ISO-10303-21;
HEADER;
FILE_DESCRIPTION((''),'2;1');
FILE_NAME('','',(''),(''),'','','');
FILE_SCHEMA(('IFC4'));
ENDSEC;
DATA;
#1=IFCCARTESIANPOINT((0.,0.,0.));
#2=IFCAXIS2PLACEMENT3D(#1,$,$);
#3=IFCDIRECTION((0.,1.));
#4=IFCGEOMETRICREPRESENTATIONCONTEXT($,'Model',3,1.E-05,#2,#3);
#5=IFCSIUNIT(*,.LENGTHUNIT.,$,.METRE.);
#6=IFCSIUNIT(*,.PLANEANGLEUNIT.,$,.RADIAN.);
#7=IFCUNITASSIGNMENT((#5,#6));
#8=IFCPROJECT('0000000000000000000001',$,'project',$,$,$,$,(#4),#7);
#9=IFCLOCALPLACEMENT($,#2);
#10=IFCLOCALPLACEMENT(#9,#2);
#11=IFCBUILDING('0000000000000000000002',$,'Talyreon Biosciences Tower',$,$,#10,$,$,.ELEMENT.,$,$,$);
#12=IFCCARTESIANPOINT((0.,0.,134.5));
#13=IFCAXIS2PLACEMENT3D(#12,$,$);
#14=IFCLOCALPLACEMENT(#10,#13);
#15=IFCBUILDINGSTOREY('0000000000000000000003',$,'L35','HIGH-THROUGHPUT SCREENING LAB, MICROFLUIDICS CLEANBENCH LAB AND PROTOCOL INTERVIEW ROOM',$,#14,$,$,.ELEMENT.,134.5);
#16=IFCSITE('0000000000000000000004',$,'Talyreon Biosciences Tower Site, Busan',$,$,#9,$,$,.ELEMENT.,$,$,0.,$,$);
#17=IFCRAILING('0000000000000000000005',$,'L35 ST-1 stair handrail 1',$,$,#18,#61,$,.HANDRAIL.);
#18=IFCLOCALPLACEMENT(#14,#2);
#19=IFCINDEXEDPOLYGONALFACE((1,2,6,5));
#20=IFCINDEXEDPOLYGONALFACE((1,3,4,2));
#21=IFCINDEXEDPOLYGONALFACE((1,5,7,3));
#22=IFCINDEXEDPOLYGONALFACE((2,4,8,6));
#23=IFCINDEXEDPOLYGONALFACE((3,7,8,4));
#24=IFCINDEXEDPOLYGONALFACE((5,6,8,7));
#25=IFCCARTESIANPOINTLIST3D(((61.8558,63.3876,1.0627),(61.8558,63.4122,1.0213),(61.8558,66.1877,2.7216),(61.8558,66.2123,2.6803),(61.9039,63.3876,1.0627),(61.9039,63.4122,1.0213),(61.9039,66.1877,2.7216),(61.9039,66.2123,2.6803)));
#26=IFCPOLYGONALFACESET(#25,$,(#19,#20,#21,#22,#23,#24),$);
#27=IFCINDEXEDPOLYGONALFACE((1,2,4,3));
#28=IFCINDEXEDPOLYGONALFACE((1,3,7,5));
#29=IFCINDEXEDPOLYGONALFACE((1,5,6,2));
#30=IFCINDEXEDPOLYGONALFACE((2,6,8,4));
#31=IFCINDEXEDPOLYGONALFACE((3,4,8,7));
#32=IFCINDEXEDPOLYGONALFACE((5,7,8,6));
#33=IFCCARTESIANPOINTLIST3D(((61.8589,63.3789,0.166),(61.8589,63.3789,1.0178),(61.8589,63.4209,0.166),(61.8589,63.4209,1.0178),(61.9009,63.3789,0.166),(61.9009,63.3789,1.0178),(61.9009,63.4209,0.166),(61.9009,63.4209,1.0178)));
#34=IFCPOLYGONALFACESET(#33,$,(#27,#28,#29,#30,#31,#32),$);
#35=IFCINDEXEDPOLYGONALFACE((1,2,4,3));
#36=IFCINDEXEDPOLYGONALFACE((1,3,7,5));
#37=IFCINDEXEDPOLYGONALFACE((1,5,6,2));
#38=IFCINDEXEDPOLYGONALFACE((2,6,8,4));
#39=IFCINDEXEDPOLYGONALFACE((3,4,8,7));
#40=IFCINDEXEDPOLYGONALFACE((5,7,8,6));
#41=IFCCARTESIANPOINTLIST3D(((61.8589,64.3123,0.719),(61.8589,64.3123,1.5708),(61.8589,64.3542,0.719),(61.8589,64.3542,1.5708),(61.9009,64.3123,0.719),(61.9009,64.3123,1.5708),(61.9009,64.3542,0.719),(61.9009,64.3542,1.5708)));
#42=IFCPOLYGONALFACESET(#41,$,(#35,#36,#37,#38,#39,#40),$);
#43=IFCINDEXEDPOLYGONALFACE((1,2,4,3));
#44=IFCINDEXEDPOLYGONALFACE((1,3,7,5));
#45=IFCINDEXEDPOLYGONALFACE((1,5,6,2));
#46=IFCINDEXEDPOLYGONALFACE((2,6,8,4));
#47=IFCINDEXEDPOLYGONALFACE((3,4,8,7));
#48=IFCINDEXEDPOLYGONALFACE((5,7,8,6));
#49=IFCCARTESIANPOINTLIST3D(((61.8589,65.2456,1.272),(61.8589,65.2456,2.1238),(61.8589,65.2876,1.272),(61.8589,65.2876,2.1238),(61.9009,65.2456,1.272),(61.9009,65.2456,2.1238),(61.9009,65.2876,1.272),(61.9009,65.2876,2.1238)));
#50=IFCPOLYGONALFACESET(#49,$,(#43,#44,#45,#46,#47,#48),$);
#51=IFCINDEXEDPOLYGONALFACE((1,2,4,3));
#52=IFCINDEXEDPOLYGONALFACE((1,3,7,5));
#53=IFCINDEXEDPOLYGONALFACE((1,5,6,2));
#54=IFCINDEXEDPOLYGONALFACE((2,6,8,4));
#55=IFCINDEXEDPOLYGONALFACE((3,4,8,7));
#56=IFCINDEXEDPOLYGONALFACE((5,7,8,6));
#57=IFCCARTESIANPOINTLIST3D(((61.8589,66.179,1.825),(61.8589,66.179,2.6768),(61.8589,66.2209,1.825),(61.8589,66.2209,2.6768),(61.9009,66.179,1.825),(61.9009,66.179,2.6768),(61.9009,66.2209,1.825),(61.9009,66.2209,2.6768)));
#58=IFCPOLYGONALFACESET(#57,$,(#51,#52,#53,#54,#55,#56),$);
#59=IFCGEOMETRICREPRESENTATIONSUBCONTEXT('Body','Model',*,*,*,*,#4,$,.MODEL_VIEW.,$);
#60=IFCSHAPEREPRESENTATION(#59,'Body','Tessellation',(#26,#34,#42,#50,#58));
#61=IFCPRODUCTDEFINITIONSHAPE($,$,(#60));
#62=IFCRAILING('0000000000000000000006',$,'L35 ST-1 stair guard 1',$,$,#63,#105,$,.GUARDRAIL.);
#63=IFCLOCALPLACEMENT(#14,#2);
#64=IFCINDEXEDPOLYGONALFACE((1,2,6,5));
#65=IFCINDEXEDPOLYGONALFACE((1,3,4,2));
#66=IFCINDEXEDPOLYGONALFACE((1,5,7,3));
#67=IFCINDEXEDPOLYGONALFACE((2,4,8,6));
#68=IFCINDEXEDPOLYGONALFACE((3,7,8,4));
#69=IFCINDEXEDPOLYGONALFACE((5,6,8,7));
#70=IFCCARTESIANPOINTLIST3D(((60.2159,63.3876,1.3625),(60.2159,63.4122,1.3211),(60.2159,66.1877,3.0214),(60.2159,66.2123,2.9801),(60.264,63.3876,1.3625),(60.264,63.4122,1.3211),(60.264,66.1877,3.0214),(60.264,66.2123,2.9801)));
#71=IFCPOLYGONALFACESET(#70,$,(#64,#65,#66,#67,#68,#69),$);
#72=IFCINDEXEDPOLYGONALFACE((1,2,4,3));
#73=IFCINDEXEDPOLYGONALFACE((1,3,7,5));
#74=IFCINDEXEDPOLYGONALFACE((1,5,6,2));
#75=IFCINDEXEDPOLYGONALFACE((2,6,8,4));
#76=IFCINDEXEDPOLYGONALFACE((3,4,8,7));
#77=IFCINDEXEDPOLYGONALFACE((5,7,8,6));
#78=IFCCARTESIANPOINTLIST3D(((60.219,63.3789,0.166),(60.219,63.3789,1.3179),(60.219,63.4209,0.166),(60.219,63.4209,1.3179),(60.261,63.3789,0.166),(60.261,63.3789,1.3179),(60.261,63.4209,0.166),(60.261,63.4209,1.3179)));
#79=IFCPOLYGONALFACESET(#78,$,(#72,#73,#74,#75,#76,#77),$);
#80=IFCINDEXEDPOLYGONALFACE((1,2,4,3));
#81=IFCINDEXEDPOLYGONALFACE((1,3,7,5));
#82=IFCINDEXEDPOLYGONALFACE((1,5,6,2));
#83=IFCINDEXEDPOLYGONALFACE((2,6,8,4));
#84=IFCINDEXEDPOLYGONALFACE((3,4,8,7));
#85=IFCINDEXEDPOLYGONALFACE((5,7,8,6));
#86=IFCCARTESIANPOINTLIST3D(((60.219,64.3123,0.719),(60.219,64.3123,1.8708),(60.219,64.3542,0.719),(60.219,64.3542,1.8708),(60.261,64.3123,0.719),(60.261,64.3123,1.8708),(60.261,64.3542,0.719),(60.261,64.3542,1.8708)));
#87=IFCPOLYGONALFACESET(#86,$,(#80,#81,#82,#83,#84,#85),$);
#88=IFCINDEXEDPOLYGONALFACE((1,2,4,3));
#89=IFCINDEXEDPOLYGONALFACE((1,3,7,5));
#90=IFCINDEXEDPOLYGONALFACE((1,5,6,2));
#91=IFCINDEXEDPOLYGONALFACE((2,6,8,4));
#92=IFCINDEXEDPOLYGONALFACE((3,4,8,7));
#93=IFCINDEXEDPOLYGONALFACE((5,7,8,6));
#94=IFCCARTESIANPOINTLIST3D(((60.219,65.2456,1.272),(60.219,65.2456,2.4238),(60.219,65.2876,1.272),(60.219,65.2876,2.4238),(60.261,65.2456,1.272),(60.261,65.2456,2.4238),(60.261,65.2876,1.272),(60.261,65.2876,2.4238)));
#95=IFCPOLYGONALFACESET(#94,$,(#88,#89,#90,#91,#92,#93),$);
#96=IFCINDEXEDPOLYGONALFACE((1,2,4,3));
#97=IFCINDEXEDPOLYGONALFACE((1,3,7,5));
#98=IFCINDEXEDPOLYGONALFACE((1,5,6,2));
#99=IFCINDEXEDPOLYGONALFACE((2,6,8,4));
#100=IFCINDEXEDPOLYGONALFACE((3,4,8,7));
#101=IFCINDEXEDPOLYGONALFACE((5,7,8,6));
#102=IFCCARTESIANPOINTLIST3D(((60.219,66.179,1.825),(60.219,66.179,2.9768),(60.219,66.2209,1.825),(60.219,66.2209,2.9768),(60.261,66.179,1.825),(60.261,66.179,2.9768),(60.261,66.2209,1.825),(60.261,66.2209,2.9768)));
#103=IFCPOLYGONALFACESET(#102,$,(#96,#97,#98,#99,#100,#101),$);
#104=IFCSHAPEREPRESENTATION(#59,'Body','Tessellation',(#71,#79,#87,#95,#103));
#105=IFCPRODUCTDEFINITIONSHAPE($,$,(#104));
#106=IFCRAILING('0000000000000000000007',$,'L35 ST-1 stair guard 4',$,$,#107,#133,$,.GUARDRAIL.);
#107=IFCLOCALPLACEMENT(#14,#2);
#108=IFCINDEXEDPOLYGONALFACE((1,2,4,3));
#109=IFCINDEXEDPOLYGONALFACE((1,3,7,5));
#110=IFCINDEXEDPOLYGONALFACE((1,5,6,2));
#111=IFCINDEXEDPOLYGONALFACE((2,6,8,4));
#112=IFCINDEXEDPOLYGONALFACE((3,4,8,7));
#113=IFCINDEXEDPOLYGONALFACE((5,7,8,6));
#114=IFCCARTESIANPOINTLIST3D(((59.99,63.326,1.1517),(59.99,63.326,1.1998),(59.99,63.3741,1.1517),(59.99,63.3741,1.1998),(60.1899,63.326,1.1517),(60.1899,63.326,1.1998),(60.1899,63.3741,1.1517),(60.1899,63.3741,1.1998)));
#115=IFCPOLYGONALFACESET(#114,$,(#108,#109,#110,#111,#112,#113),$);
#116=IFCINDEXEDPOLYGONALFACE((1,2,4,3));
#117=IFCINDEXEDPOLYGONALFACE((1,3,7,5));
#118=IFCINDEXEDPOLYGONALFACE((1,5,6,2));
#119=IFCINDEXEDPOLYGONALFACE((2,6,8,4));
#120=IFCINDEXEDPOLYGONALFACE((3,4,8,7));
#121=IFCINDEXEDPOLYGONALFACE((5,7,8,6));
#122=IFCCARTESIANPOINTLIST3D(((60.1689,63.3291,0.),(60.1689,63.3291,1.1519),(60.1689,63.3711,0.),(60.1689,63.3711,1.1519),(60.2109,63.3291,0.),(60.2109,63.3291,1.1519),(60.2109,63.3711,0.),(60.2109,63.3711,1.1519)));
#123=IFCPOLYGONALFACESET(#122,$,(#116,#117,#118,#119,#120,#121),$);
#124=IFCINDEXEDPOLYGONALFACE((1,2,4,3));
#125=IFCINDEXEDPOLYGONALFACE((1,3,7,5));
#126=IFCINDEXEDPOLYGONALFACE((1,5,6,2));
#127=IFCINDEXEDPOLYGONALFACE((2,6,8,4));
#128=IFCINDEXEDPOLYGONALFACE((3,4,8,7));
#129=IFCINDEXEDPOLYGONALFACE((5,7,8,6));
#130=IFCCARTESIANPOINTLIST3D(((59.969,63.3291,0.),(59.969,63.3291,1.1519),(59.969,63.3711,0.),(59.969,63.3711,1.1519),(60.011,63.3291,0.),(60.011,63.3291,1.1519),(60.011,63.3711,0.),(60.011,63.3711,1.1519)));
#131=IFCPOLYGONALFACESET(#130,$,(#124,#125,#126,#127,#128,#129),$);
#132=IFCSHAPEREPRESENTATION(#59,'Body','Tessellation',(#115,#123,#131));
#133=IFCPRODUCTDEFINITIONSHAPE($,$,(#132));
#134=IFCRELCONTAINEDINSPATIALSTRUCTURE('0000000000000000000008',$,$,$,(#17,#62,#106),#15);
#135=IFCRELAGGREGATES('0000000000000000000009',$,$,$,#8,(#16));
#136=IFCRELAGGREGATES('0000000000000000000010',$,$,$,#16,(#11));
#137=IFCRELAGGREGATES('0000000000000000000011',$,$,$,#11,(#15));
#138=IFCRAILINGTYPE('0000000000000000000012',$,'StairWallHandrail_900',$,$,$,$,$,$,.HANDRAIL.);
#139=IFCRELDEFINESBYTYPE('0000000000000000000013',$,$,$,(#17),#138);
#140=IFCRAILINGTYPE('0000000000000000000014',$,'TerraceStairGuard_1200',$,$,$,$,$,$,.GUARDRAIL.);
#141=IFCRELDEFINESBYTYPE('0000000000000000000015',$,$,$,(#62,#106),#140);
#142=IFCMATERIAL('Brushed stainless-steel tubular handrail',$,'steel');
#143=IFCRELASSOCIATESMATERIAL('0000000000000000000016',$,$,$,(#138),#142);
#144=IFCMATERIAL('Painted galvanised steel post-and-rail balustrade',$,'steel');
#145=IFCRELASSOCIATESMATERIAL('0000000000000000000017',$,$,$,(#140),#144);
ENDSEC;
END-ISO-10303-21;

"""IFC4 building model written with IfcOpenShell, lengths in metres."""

from ifc_helpers import new_model, si_unit, direction, frame, origin, origin_2d, place, context, subcontext, project, spatial, rectangle, extrude, material, type_object, element, save


model = new_model("IFC4")

# Units and contexts
model_context = context("Model", 3, precision=1e-05, world=origin(), true_north=direction((0.0, 1.0)))
body_context = subcontext(model_context, "Body", "Model", "MODEL_VIEW")
ifc_project = project(units=[si_unit("LENGTHUNIT", "METRE"), si_unit("PLANEANGLEUNIT", "RADIAN")], contexts=[model_context])

# Site, building, storey
site_placement = place(None, origin())
site = spatial("IfcSite", under=ifc_project, at=site_placement, Name="Talyreon Biosciences Tower Site, Busan", CompositionType="ELEMENT", RefElevation=0.0)
building_placement = place(site_placement, origin())
building = spatial("IfcBuilding", under=site, at=building_placement, Name="Talyreon Biosciences Tower", CompositionType="ELEMENT")
storey_placement = place(building_placement, frame((0.0, 0.0, 134.5)))
storey = spatial("IfcBuildingStorey", under=building, at=storey_placement, Name="L35", Description="HIGH-THROUGHPUT SCREENING LAB, MICROFLUIDICS CLEANBENCH LAB AND PROTOCOL INTERVIEW ROOM", CompositionType="ELEMENT", Elevation=134.5)

# Railings
ifc_material_1 = material(Name="Brushed stainless-steel tubular handrail", Category="steel")
railing_type_1 = type_object("IfcRailingType", Name="StairWallHandrail_900", PredefinedType="HANDRAIL", material=ifc_material_1)
railing_1_placement = place(storey_placement, frame((61.8799, 63.3999, 0.166)))
element("IfcRailing", 1, at=railing_1_placement, inside=storey, type_object=railing_type_1, Name="L35 ST-1 stair handrail 1", PredefinedType="HANDRAIL", context=body_context, shape_type="SweptSolid", body=[
    extrude(rectangle(XDim=0.0481, YDim=0.0481, at=origin_2d()), frame((0.0, 0.0, 0.876), z_axis=(0.0, 0.860339, 0.509722), x_axis=(-1.0, 0.0, 0.0)), (0.0, 0.0, 1.0), 3.2546),
    extrude(rectangle(XDim=0.042, YDim=0.042, at=origin_2d()), origin(), (0.0, 0.0, 1.0), 0.8518),
    extrude(rectangle(XDim=0.042, YDim=0.042, at=origin_2d()), frame((0.0, 0.9333, 0.553)), (0.0, 0.0, 1.0), 0.8518),
    extrude(rectangle(XDim=0.042, YDim=0.042, at=origin_2d()), frame((0.0, 1.8667, 1.106)), (0.0, 0.0, 1.0), 0.8518),
    extrude(rectangle(XDim=0.042, YDim=0.042, at=origin_2d()), frame((0.0, 2.8, 1.6589)), (0.0, 0.0, 1.0), 0.8518),
])
ifc_material_2 = material(Name="Painted galvanised steel post-and-rail balustrade", Category="steel")
railing_type_2 = type_object("IfcRailingType", Name="TerraceStairGuard_1200", PredefinedType="GUARDRAIL", material=ifc_material_2)
railing_2_placement = place(storey_placement, frame((60.24, 63.3999, 0.166)))
element("IfcRailing", 2, at=railing_2_placement, inside=storey, type_object=railing_type_2, Name="L35 ST-1 stair guard 1", PredefinedType="GUARDRAIL", context=body_context, shape_type="SweptSolid", body=[
    extrude(rectangle(XDim=0.0481, YDim=0.0481, at=origin_2d()), frame((0.0, 0.0, 1.1758), z_axis=(0.0, 0.860339, 0.509722), x_axis=(-1.0, 0.0, 0.0)), (0.0, 0.0, 1.0), 3.2546),
    extrude(rectangle(XDim=0.042, YDim=0.042, at=origin_2d()), origin(), (0.0, 0.0, 1.0), 1.1519),
    extrude(rectangle(XDim=0.042, YDim=0.042, at=origin_2d()), frame((0.0, 0.9333, 0.553)), (0.0, 0.0, 1.0), 1.1519),
    extrude(rectangle(XDim=0.042, YDim=0.042, at=origin_2d()), frame((0.0, 1.8667, 1.106)), (0.0, 0.0, 1.0), 1.1519),
    extrude(rectangle(XDim=0.042, YDim=0.042, at=origin_2d()), frame((0.0, 2.8, 1.6589)), (0.0, 0.0, 1.0), 1.1519),
])
railing_3_placement = place(storey_placement, frame((60.1899, 63.3501, 0.0)))
element("IfcRailing", 3, at=railing_3_placement, inside=storey, type_object=railing_type_2, Name="L35 ST-1 stair guard 4", PredefinedType="GUARDRAIL", context=body_context, shape_type="SweptSolid", body=[
    extrude(rectangle(XDim=0.0481, YDim=0.0481, at=origin_2d()), frame((0.0, 0.0, 1.1758), z_axis=(-1.0, 0.0, 0.0), x_axis=(0.0, -1.0, 0.0)), (0.0, 0.0, 1.0), 0.2),
    extrude(rectangle(XDim=0.042, YDim=0.042, at=origin_2d()), origin(), (0.0, 0.0, 1.0), 1.1519),
    extrude(rectangle(XDim=0.042, YDim=0.042, at=origin_2d()), frame((-0.2, 0.0, 0.0)), (0.0, 0.0, 1.0), 1.1519),
])

save(model, "model.ifc")
